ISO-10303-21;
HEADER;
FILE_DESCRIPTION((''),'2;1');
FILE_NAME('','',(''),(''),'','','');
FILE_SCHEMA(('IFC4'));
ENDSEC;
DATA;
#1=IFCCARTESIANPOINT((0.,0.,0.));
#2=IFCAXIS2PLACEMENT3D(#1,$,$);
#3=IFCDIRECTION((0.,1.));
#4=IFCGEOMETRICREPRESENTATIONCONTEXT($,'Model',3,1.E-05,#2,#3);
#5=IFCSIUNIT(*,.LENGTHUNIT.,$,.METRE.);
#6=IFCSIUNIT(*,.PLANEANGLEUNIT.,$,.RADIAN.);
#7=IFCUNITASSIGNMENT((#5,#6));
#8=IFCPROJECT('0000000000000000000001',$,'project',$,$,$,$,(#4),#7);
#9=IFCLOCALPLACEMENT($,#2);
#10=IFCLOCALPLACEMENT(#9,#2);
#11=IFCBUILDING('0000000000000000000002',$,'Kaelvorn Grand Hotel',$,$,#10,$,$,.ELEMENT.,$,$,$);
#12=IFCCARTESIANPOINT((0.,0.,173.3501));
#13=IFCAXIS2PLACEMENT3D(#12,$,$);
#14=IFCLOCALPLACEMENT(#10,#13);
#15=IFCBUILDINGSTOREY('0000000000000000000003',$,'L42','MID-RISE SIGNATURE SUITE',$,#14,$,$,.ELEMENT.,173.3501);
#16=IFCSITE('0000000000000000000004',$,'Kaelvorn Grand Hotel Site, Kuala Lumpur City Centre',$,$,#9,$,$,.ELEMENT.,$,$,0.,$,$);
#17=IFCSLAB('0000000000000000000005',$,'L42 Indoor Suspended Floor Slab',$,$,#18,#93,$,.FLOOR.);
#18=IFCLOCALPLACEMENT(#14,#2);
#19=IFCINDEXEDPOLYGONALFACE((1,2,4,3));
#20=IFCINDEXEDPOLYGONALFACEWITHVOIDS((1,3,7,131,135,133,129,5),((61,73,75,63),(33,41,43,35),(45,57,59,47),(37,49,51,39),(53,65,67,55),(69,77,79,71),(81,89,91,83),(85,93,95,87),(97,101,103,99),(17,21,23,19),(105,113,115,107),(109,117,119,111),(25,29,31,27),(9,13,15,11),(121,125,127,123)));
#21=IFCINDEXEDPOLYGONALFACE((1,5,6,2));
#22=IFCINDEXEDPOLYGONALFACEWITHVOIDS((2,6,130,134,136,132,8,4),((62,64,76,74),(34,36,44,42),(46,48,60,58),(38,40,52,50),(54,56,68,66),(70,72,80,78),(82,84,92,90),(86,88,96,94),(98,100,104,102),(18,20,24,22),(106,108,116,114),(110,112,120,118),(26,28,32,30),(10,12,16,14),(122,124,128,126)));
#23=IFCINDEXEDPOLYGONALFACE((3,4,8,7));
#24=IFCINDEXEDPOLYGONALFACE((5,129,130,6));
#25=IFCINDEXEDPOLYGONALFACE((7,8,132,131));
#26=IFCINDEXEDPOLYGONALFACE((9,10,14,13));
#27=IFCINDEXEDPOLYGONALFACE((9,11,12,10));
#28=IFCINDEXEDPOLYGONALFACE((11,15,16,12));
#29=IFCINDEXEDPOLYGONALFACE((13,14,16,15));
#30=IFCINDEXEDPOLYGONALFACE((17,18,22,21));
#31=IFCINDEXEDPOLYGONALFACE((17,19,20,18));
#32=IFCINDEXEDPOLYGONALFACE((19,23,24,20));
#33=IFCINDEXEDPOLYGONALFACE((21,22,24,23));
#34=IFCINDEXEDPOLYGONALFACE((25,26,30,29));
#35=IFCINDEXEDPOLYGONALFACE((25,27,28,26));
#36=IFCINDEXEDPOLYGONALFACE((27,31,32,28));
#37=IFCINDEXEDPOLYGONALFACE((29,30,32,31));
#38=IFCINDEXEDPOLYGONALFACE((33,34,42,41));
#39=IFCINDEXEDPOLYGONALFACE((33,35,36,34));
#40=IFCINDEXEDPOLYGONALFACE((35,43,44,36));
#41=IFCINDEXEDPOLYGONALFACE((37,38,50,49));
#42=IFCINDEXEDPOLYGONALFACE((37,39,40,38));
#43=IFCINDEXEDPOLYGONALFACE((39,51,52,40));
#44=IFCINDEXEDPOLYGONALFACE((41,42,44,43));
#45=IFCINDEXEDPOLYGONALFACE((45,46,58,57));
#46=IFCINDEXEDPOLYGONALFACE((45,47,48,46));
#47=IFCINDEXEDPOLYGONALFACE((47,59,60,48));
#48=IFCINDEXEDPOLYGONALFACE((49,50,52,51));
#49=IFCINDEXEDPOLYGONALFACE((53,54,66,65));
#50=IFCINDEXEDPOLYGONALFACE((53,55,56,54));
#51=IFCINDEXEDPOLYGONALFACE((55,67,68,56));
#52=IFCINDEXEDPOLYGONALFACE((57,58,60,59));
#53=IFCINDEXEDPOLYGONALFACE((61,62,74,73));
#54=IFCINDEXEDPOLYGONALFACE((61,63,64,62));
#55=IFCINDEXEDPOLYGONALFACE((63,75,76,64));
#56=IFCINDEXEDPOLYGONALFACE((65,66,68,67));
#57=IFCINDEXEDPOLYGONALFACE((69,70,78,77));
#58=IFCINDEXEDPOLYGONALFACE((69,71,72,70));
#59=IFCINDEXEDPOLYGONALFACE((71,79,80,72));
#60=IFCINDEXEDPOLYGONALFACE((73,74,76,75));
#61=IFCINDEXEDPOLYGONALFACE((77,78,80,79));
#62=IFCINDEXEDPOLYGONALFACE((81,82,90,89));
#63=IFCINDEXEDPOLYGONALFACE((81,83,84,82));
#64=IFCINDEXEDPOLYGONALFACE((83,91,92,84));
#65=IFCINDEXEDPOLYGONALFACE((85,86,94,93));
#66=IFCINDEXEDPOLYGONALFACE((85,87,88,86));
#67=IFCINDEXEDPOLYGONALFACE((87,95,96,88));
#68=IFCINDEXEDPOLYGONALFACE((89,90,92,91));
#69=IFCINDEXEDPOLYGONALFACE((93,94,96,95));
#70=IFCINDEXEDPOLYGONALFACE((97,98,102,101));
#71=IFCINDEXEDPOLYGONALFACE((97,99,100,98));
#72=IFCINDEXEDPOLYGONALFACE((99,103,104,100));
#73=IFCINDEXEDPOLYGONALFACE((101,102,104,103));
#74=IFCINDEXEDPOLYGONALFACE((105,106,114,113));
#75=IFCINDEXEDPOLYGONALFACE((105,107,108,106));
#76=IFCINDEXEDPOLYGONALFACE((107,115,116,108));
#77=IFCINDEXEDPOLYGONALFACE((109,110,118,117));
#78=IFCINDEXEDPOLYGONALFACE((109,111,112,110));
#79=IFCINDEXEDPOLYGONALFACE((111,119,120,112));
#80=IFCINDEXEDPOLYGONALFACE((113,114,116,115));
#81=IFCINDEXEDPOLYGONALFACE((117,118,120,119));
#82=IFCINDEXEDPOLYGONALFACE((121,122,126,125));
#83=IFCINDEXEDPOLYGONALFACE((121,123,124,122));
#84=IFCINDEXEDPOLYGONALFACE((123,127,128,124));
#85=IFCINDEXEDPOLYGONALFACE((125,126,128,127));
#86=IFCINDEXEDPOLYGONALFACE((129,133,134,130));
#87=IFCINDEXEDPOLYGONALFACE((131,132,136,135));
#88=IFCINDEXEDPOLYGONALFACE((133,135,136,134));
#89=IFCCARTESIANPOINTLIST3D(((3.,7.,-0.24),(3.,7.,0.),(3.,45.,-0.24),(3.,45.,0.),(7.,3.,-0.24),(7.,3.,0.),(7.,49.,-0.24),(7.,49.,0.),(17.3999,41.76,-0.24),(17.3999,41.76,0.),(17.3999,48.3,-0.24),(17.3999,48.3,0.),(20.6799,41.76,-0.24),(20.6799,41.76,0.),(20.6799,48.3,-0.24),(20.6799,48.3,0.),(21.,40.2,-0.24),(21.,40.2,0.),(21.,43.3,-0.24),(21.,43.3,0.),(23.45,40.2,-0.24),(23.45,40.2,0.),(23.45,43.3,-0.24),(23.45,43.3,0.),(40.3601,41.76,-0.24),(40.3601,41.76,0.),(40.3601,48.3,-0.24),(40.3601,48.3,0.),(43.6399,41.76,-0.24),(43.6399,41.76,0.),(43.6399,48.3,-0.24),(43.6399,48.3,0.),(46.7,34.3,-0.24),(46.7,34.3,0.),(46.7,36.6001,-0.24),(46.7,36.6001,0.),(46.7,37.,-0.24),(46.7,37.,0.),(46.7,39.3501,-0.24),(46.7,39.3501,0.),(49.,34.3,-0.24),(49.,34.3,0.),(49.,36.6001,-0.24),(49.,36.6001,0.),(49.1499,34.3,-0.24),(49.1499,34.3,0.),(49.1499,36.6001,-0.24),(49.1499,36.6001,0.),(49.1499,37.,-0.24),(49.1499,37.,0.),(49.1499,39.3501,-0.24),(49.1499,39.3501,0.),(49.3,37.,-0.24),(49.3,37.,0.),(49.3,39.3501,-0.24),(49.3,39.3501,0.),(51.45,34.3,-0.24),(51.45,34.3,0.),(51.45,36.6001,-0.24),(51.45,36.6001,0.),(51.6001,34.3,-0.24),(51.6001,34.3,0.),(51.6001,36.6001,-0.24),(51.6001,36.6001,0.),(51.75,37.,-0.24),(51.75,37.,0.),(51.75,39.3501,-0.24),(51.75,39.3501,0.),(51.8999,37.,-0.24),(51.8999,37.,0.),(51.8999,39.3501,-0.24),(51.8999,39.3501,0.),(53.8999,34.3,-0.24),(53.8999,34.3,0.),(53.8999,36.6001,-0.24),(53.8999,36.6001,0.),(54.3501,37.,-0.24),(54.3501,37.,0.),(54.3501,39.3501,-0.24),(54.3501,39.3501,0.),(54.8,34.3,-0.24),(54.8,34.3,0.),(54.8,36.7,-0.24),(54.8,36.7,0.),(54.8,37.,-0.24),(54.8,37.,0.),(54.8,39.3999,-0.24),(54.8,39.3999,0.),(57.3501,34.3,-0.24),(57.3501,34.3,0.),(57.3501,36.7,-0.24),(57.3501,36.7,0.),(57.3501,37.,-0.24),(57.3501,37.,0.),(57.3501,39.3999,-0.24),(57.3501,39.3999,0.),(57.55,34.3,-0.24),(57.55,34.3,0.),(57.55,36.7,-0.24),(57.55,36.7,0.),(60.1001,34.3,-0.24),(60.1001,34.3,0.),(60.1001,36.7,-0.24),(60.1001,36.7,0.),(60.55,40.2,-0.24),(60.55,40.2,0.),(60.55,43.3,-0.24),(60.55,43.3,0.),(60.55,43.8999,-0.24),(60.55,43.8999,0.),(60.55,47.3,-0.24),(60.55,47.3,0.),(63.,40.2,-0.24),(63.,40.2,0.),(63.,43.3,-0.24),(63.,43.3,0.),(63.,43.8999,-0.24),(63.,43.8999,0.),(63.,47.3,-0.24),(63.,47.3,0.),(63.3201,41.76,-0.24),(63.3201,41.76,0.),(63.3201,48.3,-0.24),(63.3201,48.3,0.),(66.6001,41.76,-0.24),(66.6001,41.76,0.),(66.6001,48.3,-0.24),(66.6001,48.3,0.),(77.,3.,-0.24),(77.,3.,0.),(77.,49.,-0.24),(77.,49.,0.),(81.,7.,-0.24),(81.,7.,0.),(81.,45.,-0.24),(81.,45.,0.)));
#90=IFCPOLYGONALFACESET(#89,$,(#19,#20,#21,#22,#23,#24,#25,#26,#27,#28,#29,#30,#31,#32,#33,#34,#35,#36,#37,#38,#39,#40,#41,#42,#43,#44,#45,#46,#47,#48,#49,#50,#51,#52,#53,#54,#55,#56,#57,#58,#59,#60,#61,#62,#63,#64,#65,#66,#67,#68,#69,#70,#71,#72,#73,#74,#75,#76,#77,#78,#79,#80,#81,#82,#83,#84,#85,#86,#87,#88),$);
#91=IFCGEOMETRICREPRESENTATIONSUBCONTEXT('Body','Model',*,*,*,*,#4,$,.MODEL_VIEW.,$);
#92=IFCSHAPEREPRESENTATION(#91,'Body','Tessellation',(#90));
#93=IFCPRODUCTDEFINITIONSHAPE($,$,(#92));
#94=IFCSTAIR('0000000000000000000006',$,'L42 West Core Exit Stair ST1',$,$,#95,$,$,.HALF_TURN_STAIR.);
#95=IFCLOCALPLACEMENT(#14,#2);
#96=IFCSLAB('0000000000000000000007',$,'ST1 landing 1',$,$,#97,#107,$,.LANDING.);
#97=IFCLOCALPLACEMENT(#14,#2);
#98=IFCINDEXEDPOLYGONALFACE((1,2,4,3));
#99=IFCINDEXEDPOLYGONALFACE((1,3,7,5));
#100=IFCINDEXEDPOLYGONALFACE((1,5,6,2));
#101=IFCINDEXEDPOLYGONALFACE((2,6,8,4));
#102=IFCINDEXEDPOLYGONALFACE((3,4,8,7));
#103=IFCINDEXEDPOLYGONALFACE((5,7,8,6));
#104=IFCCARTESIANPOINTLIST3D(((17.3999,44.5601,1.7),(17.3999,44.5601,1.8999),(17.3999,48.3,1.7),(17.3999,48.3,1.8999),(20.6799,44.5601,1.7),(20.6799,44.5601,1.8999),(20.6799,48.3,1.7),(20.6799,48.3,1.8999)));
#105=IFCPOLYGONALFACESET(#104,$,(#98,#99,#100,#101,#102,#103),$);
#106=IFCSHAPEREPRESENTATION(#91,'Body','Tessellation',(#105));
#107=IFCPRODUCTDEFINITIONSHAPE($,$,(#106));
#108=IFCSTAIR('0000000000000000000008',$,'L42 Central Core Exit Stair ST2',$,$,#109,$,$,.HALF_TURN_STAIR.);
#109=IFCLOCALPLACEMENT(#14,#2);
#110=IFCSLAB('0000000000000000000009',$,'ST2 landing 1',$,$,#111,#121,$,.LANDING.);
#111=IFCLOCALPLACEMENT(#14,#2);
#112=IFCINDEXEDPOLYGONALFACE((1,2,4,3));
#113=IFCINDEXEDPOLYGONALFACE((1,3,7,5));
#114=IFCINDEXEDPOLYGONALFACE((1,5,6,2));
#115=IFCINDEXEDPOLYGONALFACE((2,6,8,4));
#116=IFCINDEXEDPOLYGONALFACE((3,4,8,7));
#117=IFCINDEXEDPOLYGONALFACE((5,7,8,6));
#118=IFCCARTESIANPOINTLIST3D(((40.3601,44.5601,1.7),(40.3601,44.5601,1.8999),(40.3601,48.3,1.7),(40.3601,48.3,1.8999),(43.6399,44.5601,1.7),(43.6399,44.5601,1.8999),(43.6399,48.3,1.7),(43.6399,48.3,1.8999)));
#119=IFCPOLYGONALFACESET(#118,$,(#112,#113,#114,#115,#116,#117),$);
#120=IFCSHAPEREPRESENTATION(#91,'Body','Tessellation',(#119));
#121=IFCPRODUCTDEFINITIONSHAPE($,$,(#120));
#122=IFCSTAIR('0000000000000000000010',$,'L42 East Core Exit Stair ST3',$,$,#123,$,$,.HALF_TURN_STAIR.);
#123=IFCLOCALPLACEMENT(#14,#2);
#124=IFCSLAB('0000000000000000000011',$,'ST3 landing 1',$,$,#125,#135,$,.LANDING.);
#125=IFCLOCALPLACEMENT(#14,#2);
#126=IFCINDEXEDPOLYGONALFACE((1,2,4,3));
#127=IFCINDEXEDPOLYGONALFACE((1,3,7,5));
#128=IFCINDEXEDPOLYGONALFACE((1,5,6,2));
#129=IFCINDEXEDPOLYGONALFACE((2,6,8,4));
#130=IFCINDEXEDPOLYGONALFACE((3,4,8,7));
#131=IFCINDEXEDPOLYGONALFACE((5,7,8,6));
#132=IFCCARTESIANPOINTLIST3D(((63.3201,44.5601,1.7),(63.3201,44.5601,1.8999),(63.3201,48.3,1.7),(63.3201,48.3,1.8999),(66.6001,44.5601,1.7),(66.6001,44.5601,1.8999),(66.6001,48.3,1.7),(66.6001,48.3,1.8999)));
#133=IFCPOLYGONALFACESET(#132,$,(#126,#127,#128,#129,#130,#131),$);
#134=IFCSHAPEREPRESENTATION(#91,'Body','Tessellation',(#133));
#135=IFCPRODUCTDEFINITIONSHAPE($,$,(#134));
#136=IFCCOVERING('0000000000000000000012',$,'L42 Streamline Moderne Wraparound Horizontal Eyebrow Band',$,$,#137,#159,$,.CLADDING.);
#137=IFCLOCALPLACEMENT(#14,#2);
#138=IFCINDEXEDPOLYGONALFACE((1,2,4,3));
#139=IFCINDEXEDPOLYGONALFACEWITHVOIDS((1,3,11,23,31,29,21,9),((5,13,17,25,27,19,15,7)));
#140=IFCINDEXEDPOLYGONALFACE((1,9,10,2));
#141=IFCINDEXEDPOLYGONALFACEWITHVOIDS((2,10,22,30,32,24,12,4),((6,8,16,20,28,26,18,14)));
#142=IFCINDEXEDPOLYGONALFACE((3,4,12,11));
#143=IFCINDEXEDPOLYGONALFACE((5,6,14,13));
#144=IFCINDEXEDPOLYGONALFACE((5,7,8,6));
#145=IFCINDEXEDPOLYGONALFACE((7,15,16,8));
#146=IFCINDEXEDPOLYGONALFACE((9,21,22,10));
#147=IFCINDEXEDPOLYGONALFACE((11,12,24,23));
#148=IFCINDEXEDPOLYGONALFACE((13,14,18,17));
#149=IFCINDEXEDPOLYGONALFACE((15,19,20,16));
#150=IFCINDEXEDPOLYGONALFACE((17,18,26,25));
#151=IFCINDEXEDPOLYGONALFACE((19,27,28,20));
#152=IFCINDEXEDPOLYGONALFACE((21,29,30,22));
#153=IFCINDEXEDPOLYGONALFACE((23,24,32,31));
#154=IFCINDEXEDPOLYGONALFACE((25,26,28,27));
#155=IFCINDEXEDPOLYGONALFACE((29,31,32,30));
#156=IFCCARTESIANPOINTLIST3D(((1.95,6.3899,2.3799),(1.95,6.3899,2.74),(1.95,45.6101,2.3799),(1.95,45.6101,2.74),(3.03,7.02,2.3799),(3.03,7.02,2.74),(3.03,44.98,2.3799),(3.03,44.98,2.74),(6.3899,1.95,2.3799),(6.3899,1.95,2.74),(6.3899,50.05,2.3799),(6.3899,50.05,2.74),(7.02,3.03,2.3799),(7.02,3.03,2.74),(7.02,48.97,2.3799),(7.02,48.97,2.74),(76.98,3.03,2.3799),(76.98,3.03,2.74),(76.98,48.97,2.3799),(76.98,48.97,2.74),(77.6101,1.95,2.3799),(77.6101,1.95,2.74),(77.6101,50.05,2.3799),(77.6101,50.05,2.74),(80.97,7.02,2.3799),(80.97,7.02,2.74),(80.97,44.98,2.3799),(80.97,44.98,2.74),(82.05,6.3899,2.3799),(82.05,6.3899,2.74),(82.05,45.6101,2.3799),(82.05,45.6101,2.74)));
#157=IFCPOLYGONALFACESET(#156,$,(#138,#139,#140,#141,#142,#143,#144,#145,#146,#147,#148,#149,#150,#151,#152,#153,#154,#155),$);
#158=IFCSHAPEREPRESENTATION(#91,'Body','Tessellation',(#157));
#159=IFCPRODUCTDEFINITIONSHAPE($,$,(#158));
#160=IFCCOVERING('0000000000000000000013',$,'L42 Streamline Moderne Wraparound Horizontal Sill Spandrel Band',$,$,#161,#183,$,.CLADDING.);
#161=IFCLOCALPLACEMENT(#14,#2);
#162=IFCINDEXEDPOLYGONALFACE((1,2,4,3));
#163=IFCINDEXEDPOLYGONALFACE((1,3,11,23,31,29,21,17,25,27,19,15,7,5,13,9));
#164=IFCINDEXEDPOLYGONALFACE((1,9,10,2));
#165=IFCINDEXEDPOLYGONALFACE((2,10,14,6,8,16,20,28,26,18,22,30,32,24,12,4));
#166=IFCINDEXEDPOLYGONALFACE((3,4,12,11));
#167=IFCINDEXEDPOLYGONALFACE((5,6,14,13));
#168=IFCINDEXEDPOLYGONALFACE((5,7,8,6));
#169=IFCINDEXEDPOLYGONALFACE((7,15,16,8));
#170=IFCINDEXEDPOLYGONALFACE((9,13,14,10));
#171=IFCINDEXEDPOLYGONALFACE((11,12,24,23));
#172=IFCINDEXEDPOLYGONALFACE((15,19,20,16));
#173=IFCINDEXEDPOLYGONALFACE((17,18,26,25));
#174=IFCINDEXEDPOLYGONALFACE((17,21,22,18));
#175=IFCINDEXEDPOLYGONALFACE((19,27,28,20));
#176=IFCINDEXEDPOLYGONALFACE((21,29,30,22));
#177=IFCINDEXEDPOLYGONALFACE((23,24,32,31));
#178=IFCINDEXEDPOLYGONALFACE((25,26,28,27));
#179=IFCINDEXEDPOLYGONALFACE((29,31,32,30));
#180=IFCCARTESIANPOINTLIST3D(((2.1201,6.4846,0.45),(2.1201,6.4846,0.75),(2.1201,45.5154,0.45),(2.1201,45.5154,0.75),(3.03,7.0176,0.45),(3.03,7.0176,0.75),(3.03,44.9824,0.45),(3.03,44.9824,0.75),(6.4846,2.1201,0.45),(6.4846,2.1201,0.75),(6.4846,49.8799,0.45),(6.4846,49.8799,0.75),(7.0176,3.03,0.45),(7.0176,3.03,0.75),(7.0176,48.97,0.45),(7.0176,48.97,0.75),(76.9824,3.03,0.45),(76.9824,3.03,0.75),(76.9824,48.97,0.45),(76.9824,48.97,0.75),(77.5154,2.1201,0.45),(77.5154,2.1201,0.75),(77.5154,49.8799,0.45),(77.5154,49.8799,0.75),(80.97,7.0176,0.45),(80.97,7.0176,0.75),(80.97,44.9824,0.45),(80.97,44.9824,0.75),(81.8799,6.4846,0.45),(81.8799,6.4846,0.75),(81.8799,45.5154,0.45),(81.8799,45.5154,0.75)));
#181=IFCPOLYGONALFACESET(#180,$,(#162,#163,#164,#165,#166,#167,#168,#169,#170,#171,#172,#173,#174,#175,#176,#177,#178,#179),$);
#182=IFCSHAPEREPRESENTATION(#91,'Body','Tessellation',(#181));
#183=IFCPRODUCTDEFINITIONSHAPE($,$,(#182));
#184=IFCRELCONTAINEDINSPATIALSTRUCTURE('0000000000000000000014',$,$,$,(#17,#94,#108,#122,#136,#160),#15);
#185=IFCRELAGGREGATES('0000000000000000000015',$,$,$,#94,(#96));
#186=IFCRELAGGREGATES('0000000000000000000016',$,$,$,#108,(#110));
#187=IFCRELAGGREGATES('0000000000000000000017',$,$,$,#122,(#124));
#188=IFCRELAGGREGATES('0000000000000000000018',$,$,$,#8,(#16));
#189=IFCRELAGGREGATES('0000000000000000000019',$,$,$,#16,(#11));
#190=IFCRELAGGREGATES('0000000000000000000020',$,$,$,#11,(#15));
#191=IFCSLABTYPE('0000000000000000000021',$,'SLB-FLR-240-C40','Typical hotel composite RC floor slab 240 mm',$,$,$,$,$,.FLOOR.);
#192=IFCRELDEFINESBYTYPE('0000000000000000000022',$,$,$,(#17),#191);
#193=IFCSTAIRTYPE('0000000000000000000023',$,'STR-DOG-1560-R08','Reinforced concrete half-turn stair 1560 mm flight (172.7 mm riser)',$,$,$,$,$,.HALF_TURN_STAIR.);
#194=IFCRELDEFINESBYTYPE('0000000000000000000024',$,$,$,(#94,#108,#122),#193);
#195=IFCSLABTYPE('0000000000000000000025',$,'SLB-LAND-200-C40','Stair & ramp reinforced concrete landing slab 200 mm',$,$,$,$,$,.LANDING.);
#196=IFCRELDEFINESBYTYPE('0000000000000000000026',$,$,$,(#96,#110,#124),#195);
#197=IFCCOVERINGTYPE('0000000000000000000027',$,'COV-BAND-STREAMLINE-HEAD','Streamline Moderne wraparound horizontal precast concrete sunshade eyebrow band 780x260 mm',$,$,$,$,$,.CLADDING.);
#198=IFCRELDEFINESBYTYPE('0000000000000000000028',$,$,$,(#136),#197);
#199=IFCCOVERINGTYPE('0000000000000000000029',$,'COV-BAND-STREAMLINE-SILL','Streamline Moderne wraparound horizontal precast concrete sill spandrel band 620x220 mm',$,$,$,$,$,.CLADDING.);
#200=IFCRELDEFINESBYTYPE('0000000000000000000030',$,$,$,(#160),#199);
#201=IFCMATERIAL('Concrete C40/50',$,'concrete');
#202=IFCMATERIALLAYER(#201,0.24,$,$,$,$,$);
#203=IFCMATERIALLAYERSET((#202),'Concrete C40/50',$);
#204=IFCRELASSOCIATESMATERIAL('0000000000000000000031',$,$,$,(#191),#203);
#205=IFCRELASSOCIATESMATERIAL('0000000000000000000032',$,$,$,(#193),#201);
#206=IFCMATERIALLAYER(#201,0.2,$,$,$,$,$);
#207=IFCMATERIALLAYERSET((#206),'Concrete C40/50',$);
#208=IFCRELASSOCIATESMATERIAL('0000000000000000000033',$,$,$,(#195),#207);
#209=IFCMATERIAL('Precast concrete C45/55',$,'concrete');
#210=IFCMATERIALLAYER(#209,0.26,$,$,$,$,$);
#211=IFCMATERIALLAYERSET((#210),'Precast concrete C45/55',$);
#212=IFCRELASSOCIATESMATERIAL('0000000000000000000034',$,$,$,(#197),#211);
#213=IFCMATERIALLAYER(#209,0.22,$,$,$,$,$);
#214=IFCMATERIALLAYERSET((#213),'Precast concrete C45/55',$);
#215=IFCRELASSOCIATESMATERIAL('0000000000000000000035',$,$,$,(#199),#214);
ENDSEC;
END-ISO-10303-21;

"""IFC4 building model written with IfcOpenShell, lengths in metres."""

from ifc_helpers import new_model, si_unit, direction, frame, origin, place, context, subcontext, project, spatial, polyline, outline, extrude, material, layer, layer_set, type_object, element, aggregate, save


model = new_model("IFC4")

# Units and contexts
model_context = context("Model", 3, precision=1e-05, world=origin(), true_north=direction((0.0, 1.0)))
body_context = subcontext(model_context, "Body", "Model", "MODEL_VIEW")
ifc_project = project(units=[si_unit("LENGTHUNIT", "METRE"), si_unit("PLANEANGLEUNIT", "RADIAN")], contexts=[model_context])

# Site, building, storey
site_placement = place(None, origin())
site = spatial("IfcSite", under=ifc_project, at=site_placement, Name="Kaelvorn Grand Hotel Site, Kuala Lumpur City Centre", CompositionType="ELEMENT", RefElevation=0.0)
building_placement = place(site_placement, origin())
building = spatial("IfcBuilding", under=site, at=building_placement, Name="Kaelvorn Grand Hotel", CompositionType="ELEMENT")
storey_placement = place(building_placement, frame((0.0, 0.0, 173.3501)))
storey = spatial("IfcBuildingStorey", under=building, at=storey_placement, Name="L42", Description="MID-RISE SIGNATURE SUITE", CompositionType="ELEMENT", Elevation=173.3501)

# Slab
ifc_material_1 = material(Name="Concrete C40/50", Category="concrete")
ifc_layer_1 = layer(ifc_material_1, 0.24)
ifc_layer_set_1 = layer_set([ifc_layer_1], Name="Concrete C40/50")
slab_type_1 = type_object("IfcSlabType", Name="SLB-FLR-240-C40", Description="Typical hotel composite RC floor slab 240 mm", PredefinedType="FLOOR", material=ifc_layer_set_1)
slab_1_placement = place(storey_placement, frame((0.0, 0.0, -0.24)))
element("IfcSlab", 1, at=slab_1_placement, inside=storey, type_object=slab_type_1, Name="L42 Indoor Suspended Floor Slab", PredefinedType="FLOOR", context=body_context, shape_type="SweptSolid", body=[
    extrude(outline(polyline([(7.0, 3.0), (77.0, 3.0), (81.0, 7.0), (81.0, 45.0), (77.0, 49.0), (7.0, 49.0), (3.0, 45.0), (3.0, 7.0), (7.0, 3.0)]), holes=[polyline([(17.3999, 41.76), (17.3999, 48.3), (20.6799, 48.3), (20.6799, 41.76), (17.3999, 41.76)]), polyline([(40.3601, 41.76), (40.3601, 48.3), (43.6399, 48.3), (43.6399, 41.76), (40.3601, 41.76)]), polyline([(63.3201, 41.76), (63.3201, 48.3), (66.6001, 48.3), (66.6001, 41.76), (63.3201, 41.76)]), polyline([(46.7, 34.3), (46.7, 36.6001), (49.0, 36.6001), (49.0, 34.3), (46.7, 34.3)]), polyline([(49.1499, 34.3), (49.1499, 36.6001), (51.45, 36.6001), (51.45, 34.3), (49.1499, 34.3)]), polyline([(51.6001, 34.3), (51.6001, 36.6001), (53.8999, 36.6001), (53.8999, 34.3), (51.6001, 34.3)]), polyline([(46.7, 37.0), (46.7, 39.3501), (49.1499, 39.3501), (49.1499, 37.0), (46.7, 37.0)]), polyline([(49.3, 37.0), (49.3, 39.3501), (51.75, 39.3501), (51.75, 37.0), (49.3, 37.0)]), polyline([(51.8999, 37.0), (51.8999, 39.3501), (54.3501, 39.3501), (54.3501, 37.0), (51.8999, 37.0)]), polyline([(54.8, 34.3), (54.8, 36.7), (57.3501, 36.7), (57.3501, 34.3), (54.8, 34.3)]), polyline([(57.55, 34.3), (57.55, 36.7), (60.1001, 36.7), (60.1001, 34.3), (57.55, 34.3)]), polyline([(54.8, 37.0), (54.8, 39.3999), (57.3501, 39.3999), (57.3501, 37.0), (54.8, 37.0)]), polyline([(21.0, 40.2), (21.0, 43.3), (23.45, 43.3), (23.45, 40.2), (21.0, 40.2)]), polyline([(60.55, 40.2), (60.55, 43.3), (63.0, 43.3), (63.0, 40.2), (60.55, 40.2)]), polyline([(60.55, 43.8999), (60.55, 47.3), (63.0, 47.3), (63.0, 43.8999), (60.55, 43.8999)])]), origin(), (0.0, 0.0, 1.0), 0.24),
])

# Stairs, slabs
stair_type = type_object("IfcStairType", Name="STR-DOG-1560-R08", Description="Reinforced concrete half-turn stair 1560 mm flight (172.7 mm riser)", PredefinedType="HALF_TURN_STAIR", material=ifc_material_1)
stair_1_placement = place(storey_placement, origin())
stair_1 = element("IfcStair", 2, at=stair_1_placement, inside=storey, type_object=stair_type, Name="L42 West Core Exit Stair ST1", PredefinedType="HALF_TURN_STAIR")
ifc_layer_2 = layer(ifc_material_1, 0.2)
ifc_layer_set_2 = layer_set([ifc_layer_2], Name="Concrete C40/50")
slab_type_2 = type_object("IfcSlabType", Name="SLB-LAND-200-C40", Description="Stair & ramp reinforced concrete landing slab 200 mm", PredefinedType="LANDING", material=ifc_layer_set_2)
slab_2_placement = place(storey_placement, frame((0.0, 0.0, 1.7)))
slab_2 = element("IfcSlab", 3, at=slab_2_placement, type_object=slab_type_2, Name="ST1 landing 1", PredefinedType="LANDING", context=body_context, shape_type="SweptSolid", body=[
    extrude(outline(polyline([(20.6799, 44.5601), (20.6799, 48.3), (17.3999, 48.3), (17.3999, 44.5601), (20.6799, 44.5601)])), origin(), (0.0, 0.0, 1.0), 0.2),
])
aggregate(stair_1, [slab_2])
stair_2_placement = place(storey_placement, origin())
stair_2 = element("IfcStair", 4, at=stair_2_placement, inside=storey, type_object=stair_type, Name="L42 Central Core Exit Stair ST2", PredefinedType="HALF_TURN_STAIR")
slab_3_placement = place(storey_placement, frame((0.0, 0.0, 1.7)))
slab_3 = element("IfcSlab", 5, at=slab_3_placement, type_object=slab_type_2, Name="ST2 landing 1", PredefinedType="LANDING", context=body_context, shape_type="SweptSolid", body=[
    extrude(outline(polyline([(43.6399, 44.5601), (43.6399, 48.3), (40.3601, 48.3), (40.3601, 44.5601), (43.6399, 44.5601)])), origin(), (0.0, 0.0, 1.0), 0.2),
])
aggregate(stair_2, [slab_3])
stair_3_placement = place(storey_placement, origin())
stair_3 = element("IfcStair", 6, at=stair_3_placement, inside=storey, type_object=stair_type, Name="L42 East Core Exit Stair ST3", PredefinedType="HALF_TURN_STAIR")
slab_4_placement = place(storey_placement, frame((0.0, 0.0, 1.7)))
slab_4 = element("IfcSlab", 7, at=slab_4_placement, type_object=slab_type_2, Name="ST3 landing 1", PredefinedType="LANDING", context=body_context, shape_type="SweptSolid", body=[
    extrude(outline(polyline([(66.6001, 44.5601), (66.6001, 48.3), (63.3201, 48.3), (63.3201, 44.5601), (66.6001, 44.5601)])), origin(), (0.0, 0.0, 1.0), 0.2),
])
aggregate(stair_3, [slab_4])

# Coverings
ifc_material_2 = material(Name="Precast concrete C45/55", Category="concrete")
ifc_layer_3 = layer(ifc_material_2, 0.26)
ifc_layer_set_3 = layer_set([ifc_layer_3], Name="Precast concrete C45/55")
covering_type_1 = type_object("IfcCoveringType", Name="COV-BAND-STREAMLINE-HEAD", Description="Streamline Moderne wraparound horizontal precast concrete sunshade eyebrow band 780x260 mm", PredefinedType="CLADDING", material=ifc_layer_set_3)
covering_1_placement = place(storey_placement, frame((0.0, 0.0, 2.3799)))
element("IfcCovering", 8, at=covering_1_placement, inside=storey, type_object=covering_type_1, Name="L42 Streamline Moderne Wraparound Horizontal Eyebrow Band", PredefinedType="CLADDING", context=body_context, shape_type="SweptSolid", body=[
    extrude(outline(polyline([(6.3899, 1.95), (77.6101, 1.95), (82.05, 6.3899), (82.05, 45.6101), (77.6101, 50.05), (6.3899, 50.05), (1.95, 45.6101), (1.95, 6.3899), (6.3899, 1.95)]), holes=[polyline([(7.02, 3.03), (76.98, 3.03), (80.97, 7.02), (80.97, 44.98), (76.98, 48.97), (7.02, 48.97), (3.03, 44.98), (3.03, 7.02), (7.02, 3.03)])]), origin(), (0.0, 0.0, 1.0), 0.3601),
])
ifc_layer_4 = layer(ifc_material_2, 0.22)
ifc_layer_set_4 = layer_set([ifc_layer_4], Name="Precast concrete C45/55")
covering_type_2 = type_object("IfcCoveringType", Name="COV-BAND-STREAMLINE-SILL", Description="Streamline Moderne wraparound horizontal precast concrete sill spandrel band 620x220 mm", PredefinedType="CLADDING", material=ifc_layer_set_4)
covering_2_placement = place(storey_placement, frame((0.0, 0.0, 0.45)))
element("IfcCovering", 9, at=covering_2_placement, inside=storey, type_object=covering_type_2, Name="L42 Streamline Moderne Wraparound Horizontal Sill Spandrel Band", PredefinedType="CLADDING", context=body_context, shape_type="SweptSolid", body=[
    extrude(outline(polyline([(77.5154, 2.1201), (81.8799, 6.4846), (81.8799, 45.5154), (77.5154, 49.8799), (6.4846, 49.8799), (2.1201, 45.5154), (2.1201, 6.4846), (6.4846, 2.1201), (7.0176, 3.03), (3.03, 7.0176), (3.03, 44.9824), (7.0176, 48.97), (76.9824, 48.97), (80.97, 44.9824), (80.97, 7.0176), (76.9824, 3.03), (77.5154, 2.1201)])), origin(), (0.0, 0.0, 1.0), 0.3),
])

save(model, "model.ifc")
